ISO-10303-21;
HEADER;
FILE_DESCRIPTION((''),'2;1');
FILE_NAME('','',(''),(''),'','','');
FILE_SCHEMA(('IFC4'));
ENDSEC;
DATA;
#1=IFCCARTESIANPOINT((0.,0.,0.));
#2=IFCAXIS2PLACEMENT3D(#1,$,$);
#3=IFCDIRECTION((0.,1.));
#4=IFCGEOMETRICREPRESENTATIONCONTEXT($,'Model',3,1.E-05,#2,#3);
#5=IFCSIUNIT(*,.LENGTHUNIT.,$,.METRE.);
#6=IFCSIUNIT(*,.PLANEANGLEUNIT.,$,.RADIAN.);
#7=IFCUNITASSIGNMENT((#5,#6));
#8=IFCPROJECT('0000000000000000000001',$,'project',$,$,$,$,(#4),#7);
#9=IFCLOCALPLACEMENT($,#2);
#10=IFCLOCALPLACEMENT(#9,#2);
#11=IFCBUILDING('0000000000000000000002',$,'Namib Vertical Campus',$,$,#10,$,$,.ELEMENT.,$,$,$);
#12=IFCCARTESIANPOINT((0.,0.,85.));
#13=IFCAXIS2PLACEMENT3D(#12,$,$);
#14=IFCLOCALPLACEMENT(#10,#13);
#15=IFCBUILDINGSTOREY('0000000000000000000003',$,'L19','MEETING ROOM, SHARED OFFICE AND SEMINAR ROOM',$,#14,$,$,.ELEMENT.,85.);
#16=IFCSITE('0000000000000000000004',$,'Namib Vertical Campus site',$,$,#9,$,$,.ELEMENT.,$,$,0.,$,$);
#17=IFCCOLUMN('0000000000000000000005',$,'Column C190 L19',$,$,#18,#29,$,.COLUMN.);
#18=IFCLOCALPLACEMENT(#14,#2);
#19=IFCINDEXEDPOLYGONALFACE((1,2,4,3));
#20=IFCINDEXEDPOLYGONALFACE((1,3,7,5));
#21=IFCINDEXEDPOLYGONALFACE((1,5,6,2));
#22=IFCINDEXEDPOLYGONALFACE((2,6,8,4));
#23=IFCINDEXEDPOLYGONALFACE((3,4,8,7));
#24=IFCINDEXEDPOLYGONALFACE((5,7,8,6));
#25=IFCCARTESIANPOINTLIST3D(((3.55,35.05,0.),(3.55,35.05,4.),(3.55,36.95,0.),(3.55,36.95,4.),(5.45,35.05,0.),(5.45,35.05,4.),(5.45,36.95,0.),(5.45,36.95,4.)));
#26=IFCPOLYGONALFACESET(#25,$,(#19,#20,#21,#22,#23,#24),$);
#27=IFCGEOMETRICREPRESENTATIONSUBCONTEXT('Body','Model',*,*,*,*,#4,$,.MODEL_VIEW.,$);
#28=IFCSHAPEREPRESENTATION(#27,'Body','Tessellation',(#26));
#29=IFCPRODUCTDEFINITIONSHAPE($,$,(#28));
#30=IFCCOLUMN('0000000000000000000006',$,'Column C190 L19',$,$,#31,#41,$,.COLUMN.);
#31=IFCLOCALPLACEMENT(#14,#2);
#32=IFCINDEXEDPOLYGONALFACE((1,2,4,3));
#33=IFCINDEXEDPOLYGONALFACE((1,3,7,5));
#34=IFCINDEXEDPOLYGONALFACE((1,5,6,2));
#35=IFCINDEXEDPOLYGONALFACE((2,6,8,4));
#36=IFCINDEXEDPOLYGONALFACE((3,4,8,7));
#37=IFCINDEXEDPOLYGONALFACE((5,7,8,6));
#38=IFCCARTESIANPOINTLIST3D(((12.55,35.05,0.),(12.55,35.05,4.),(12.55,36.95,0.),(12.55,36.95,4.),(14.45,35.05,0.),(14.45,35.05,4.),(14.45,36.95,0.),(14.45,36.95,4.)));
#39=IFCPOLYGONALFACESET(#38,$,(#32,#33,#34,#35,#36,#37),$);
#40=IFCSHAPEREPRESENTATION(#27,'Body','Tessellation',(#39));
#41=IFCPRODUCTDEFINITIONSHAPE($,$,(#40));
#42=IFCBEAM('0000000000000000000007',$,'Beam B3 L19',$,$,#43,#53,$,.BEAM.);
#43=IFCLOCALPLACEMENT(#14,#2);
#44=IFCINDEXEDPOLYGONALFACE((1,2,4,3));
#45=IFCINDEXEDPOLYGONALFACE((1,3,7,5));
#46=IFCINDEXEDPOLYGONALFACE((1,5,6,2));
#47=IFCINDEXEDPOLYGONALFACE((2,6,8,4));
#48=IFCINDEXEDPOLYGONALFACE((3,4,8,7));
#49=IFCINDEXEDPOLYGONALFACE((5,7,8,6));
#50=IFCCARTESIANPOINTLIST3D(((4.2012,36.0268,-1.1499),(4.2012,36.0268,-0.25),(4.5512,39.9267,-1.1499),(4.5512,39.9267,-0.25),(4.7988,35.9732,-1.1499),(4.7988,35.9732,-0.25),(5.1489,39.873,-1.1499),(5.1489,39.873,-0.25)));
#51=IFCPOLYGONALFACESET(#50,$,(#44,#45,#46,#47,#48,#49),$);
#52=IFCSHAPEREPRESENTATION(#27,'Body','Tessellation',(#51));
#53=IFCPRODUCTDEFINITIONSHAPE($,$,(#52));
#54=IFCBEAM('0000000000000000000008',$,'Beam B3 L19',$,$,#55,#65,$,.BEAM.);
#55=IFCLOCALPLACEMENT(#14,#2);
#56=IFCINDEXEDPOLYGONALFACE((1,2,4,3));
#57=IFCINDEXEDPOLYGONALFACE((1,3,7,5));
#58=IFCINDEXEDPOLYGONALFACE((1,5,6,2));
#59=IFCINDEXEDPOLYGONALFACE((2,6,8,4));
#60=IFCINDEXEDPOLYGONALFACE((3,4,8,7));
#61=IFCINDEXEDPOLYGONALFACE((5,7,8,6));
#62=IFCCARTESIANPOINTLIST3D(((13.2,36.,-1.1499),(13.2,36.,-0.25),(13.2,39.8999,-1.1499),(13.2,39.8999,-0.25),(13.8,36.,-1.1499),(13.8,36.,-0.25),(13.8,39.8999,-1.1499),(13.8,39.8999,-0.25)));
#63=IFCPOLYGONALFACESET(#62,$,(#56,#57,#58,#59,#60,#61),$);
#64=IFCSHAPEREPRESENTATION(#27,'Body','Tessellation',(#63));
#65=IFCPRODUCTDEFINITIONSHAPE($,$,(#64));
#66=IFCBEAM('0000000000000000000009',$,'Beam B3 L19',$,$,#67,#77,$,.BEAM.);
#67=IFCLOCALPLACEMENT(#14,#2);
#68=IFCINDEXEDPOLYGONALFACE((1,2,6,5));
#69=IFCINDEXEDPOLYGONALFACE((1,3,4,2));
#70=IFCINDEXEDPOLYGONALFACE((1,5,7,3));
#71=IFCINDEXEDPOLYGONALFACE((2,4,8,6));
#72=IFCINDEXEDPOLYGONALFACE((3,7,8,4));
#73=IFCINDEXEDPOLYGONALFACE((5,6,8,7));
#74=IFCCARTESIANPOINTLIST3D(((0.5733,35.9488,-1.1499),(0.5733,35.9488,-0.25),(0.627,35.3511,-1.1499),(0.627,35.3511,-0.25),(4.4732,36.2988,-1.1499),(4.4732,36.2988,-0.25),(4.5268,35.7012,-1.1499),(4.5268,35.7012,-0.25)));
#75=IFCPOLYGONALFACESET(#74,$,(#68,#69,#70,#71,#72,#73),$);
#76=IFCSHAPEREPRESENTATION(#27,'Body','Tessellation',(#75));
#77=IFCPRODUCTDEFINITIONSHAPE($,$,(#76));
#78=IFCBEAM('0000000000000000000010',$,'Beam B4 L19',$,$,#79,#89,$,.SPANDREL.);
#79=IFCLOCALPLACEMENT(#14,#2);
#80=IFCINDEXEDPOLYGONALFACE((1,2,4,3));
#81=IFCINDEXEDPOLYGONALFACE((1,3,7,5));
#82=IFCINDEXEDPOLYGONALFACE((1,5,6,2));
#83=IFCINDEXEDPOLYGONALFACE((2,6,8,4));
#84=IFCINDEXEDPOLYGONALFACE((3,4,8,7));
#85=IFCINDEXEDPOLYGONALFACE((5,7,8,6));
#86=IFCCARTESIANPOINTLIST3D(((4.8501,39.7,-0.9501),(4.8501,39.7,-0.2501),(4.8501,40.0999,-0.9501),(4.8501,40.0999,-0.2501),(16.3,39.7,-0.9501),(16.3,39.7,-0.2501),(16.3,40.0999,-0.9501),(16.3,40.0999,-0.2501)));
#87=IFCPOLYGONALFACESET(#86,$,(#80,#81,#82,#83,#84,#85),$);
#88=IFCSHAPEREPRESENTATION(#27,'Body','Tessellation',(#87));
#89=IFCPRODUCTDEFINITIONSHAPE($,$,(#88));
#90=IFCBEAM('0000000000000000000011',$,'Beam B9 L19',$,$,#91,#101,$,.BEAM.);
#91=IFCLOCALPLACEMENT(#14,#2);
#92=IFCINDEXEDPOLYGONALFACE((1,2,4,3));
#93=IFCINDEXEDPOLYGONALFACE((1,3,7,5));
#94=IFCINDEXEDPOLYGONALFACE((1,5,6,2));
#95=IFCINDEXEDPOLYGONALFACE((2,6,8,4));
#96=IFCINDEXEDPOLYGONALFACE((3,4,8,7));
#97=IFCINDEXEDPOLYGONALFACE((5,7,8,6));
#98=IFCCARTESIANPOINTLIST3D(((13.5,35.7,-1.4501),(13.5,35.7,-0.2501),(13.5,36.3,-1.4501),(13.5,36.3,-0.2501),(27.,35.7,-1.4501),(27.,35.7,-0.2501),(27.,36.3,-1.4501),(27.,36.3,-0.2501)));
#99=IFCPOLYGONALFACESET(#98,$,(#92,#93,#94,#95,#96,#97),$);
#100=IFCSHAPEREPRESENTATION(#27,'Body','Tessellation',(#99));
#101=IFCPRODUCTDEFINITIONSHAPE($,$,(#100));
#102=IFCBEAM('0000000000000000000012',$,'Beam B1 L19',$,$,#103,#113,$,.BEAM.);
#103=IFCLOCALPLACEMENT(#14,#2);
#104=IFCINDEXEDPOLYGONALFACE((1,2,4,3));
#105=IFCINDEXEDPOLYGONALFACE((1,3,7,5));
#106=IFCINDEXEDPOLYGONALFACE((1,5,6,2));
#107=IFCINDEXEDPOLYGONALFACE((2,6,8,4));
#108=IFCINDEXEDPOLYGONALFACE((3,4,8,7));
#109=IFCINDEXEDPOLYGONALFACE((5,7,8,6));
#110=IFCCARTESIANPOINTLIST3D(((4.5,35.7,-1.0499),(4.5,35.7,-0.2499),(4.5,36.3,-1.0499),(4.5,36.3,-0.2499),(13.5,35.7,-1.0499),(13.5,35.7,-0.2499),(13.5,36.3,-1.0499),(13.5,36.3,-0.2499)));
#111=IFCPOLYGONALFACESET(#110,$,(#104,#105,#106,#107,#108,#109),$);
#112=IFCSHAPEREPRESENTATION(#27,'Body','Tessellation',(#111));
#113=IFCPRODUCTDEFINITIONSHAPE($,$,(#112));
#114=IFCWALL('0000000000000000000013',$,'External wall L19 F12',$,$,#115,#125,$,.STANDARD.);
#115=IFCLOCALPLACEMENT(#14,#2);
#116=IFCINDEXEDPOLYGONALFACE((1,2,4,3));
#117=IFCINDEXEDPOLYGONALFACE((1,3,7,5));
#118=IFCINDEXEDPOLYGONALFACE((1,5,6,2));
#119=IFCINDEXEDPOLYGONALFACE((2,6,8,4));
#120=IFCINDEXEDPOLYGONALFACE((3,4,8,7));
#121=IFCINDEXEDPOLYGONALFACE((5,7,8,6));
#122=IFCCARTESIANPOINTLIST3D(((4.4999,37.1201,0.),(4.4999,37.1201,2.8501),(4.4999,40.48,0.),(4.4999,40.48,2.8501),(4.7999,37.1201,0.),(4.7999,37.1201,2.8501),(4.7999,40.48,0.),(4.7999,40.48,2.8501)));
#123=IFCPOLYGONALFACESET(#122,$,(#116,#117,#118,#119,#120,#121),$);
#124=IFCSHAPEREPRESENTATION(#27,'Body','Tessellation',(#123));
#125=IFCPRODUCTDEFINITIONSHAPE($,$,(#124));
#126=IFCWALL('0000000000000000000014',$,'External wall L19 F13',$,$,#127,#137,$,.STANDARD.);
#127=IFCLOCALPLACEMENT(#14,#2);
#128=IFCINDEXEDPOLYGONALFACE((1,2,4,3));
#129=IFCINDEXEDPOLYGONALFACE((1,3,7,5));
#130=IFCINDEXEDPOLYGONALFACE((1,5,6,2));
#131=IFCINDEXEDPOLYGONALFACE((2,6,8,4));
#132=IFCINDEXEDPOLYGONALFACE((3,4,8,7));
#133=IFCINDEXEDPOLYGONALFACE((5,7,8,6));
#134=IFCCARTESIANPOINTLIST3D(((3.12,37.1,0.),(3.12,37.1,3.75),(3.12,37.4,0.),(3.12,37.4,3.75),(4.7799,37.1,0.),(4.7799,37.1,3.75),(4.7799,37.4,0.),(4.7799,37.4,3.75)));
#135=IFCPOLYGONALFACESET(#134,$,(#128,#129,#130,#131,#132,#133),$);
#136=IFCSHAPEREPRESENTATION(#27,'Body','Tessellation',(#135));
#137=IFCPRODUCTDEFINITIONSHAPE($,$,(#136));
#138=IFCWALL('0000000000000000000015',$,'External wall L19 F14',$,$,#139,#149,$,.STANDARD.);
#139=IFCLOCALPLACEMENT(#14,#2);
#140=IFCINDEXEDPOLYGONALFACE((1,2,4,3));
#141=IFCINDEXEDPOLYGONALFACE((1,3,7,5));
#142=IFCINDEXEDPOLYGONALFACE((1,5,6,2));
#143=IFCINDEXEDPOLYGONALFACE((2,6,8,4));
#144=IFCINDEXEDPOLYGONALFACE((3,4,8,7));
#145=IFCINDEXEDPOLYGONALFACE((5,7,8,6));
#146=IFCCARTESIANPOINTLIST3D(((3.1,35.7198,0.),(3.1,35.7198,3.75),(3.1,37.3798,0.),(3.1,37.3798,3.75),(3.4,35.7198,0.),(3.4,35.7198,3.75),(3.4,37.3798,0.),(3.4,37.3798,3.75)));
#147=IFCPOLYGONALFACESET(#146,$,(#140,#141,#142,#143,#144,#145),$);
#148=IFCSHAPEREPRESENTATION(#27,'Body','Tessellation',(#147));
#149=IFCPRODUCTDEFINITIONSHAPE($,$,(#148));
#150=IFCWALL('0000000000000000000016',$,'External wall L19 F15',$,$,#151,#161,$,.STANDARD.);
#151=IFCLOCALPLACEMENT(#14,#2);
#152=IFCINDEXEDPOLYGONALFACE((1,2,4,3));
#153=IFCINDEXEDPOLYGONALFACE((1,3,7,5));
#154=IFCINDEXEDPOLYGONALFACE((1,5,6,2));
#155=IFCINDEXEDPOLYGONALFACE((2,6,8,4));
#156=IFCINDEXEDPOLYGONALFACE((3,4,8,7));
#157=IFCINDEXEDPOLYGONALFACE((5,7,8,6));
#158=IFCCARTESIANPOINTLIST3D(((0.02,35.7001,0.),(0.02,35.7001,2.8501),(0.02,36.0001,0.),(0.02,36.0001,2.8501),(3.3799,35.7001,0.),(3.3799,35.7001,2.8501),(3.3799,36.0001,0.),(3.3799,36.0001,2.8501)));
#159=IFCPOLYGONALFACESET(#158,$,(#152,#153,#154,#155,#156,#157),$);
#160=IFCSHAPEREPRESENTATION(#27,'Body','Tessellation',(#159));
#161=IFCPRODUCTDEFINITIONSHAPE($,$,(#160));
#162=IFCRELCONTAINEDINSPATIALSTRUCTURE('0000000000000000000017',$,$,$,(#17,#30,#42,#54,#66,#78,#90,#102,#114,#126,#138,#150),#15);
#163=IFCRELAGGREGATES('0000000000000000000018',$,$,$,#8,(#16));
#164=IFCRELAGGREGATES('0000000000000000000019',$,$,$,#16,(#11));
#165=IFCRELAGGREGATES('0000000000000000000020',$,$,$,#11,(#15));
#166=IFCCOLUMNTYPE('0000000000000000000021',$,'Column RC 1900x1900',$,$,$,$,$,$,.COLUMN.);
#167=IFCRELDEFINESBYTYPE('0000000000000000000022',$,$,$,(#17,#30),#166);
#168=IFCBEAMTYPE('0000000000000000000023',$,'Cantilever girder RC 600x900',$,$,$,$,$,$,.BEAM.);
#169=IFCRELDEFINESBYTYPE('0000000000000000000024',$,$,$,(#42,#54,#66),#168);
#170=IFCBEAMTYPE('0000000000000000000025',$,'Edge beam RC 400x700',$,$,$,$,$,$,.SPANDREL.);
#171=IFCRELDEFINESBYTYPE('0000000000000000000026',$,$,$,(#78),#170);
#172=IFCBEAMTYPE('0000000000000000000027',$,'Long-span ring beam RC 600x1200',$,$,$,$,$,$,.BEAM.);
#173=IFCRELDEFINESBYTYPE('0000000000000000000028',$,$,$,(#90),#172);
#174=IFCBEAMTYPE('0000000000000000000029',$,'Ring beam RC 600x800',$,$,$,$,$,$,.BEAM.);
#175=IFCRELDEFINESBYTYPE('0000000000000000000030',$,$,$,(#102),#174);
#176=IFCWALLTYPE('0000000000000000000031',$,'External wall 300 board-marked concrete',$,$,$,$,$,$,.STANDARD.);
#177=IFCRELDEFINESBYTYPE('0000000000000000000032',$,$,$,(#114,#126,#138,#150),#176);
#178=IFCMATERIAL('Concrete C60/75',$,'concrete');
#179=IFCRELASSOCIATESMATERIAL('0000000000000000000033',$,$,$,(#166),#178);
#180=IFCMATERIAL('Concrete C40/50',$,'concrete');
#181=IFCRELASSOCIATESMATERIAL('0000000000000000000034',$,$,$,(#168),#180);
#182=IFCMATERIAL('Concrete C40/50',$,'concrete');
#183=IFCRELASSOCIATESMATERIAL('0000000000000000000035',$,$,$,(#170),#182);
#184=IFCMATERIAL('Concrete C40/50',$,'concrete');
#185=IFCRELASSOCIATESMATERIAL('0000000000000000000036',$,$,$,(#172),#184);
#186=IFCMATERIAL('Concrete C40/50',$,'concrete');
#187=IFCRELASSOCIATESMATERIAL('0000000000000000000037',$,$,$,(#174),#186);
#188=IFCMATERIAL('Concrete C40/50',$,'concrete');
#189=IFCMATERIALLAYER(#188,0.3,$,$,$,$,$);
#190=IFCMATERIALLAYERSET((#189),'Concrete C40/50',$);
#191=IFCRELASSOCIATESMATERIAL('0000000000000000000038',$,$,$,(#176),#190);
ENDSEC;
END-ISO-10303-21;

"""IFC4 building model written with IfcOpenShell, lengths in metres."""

from ifc_helpers import new_model, si_unit, direction, frame, frame_2d, origin, origin_2d, place, context, subcontext, project, spatial, rectangle, extrude, material, layer, layer_set, material_profile, profile_set, type_object, element, save


model = new_model("IFC4")

# Units and contexts
model_context = context("Model", 3, precision=1e-05, world=origin(), true_north=direction((0.0, 1.0)))
body_context = subcontext(model_context, "Body", "Model", "MODEL_VIEW")
ifc_project = project(units=[si_unit("LENGTHUNIT", "METRE"), si_unit("PLANEANGLEUNIT", "RADIAN")], contexts=[model_context])

# Site, building, storey
site_placement = place(None, origin())
site = spatial("IfcSite", under=ifc_project, at=site_placement, Name="Namib Vertical Campus site", CompositionType="ELEMENT", RefElevation=0.0)
building_placement = place(site_placement, origin())
building = spatial("IfcBuilding", under=site, at=building_placement, Name="Namib Vertical Campus", CompositionType="ELEMENT")
storey_placement = place(building_placement, frame((0.0, 0.0, 85.0)))
storey = spatial("IfcBuildingStorey", under=building, at=storey_placement, Name="L19", Description="MEETING ROOM, SHARED OFFICE AND SEMINAR ROOM", CompositionType="ELEMENT", Elevation=85.0)

# Columns
ifc_material_1 = material(Name="Concrete C60/75", Category="concrete")
ifc_material_profile_1 = material_profile(ifc_material_1, rectangle(XDim=1.8999, YDim=1.8999, at=origin_2d()))
ifc_profile_set_1 = profile_set([ifc_material_profile_1], Name="Concrete C60/75")
column_type = type_object("IfcColumnType", Name="Column RC 1900x1900", PredefinedType="COLUMN", material=ifc_profile_set_1)
for number, where, z_axis, x_axis, name in (
    (1, (4.5, 36.0, 0.0), (0.0, 0.0, 1.0), (1.0, 0.0, 0.0), "Column C190 L19"),
    (2, (13.5, 36.0, 0.0), (0.0, 0.0, 1.0), (1.0, 0.0, 0.0), "Column C190 L19"),
):
    element("IfcColumn", number, at=place(storey_placement, frame(where, z_axis=z_axis, x_axis=x_axis)), inside=storey, type_object=column_type, Name=name, PredefinedType="COLUMN", context=body_context, shape_type="SweptSolid", body=[
        extrude(rectangle(XDim=1.8999, YDim=1.8999, at=origin_2d()), origin(), (0.0, 0.0, 1.0), 4.0),
    ])

# Beams
ifc_material_2 = material(Name="Concrete C40/50", Category="concrete")
ifc_material_profile_2 = material_profile(ifc_material_2, rectangle(XDim=0.6001, YDim=0.8999, at=origin_2d()))
ifc_profile_set_2 = profile_set([ifc_material_profile_2], Name="Concrete C40/50")
beam_type_1 = type_object("IfcBeamType", Name="Cantilever girder RC 600x900", PredefinedType="BEAM", material=ifc_profile_set_2)
beam_1_placement = place(storey_placement, frame((4.5, 36.0, -0.7), z_axis=(0.089411, 0.995995, 0.0), x_axis=(-0.995995, 0.089411, 0.0)))
element("IfcBeam", 3, at=beam_1_placement, inside=storey, type_object=beam_type_1, Name="Beam B3 L19", PredefinedType="BEAM", context=body_context, shape_type="SweptSolid", body=[
    extrude(rectangle(XDim=0.6001, YDim=0.8999, at=origin_2d()), origin(), (0.0, 0.0, 1.0), 3.9155),
])
beam_2_placement = place(storey_placement, frame((13.5, 36.0, -0.7), z_axis=(0.0, 1.0, 0.0), x_axis=(-1.0, 0.0, 0.0)))
element("IfcBeam", 4, at=beam_2_placement, inside=storey, type_object=beam_type_1, Name="Beam B3 L19", PredefinedType="BEAM", context=body_context, shape_type="SweptSolid", body=[
    extrude(rectangle(XDim=0.6001, YDim=0.8999, at=origin_2d()), origin(), (0.0, 0.0, 1.0), 3.8999),
])
beam_3_placement = place(storey_placement, frame((4.5, 36.0, -0.7), z_axis=(-0.995995, -0.089411, 0.0), x_axis=(0.089411, -0.995995, 0.0)))
element("IfcBeam", 5, at=beam_3_placement, inside=storey, type_object=beam_type_1, Name="Beam B3 L19", PredefinedType="BEAM", context=body_context, shape_type="SweptSolid", body=[
    extrude(rectangle(XDim=0.6001, YDim=0.8999, at=origin_2d()), origin(), (0.0, 0.0, 1.0), 3.9155),
])
ifc_material_3 = material(Name="Concrete C40/50", Category="concrete")
ifc_material_profile_3 = material_profile(ifc_material_3, rectangle(XDim=0.3999, YDim=0.7, at=origin_2d()))
ifc_profile_set_3 = profile_set([ifc_material_profile_3], Name="Concrete C40/50")
beam_type_2 = type_object("IfcBeamType", Name="Edge beam RC 400x700", PredefinedType="SPANDREL", material=ifc_profile_set_3)
beam_4_placement = place(storey_placement, frame((4.8501, 39.8999, -0.6001), z_axis=(1.0, 0.0, 0.0), x_axis=(0.0, 1.0, 0.0)))
element("IfcBeam", 6, at=beam_4_placement, inside=storey, type_object=beam_type_2, Name="Beam B4 L19", PredefinedType="SPANDREL", context=body_context, shape_type="SweptSolid", body=[
    extrude(rectangle(XDim=0.3999, YDim=0.7, at=origin_2d()), origin(), (0.0, 0.0, 1.0), 11.45),
])
ifc_material_4 = material(Name="Concrete C40/50", Category="concrete")
ifc_material_profile_4 = material_profile(ifc_material_4, rectangle(XDim=0.6001, YDim=1.2, at=origin_2d()))
ifc_profile_set_4 = profile_set([ifc_material_profile_4], Name="Concrete C40/50")
beam_type_3 = type_object("IfcBeamType", Name="Long-span ring beam RC 600x1200", PredefinedType="BEAM", material=ifc_profile_set_4)
beam_5_placement = place(storey_placement, frame((13.5, 36.0, -0.8501), z_axis=(1.0, 0.0, 0.0), x_axis=(0.0, 1.0, 0.0)))
element("IfcBeam", 7, at=beam_5_placement, inside=storey, type_object=beam_type_3, Name="Beam B9 L19", PredefinedType="BEAM", context=body_context, shape_type="SweptSolid", body=[
    extrude(rectangle(XDim=0.6001, YDim=1.2, at=origin_2d()), origin(), (0.0, 0.0, 1.0), 13.5),
])
ifc_material_5 = material(Name="Concrete C40/50", Category="concrete")
ifc_material_profile_5 = material_profile(ifc_material_5, rectangle(XDim=0.6001, YDim=0.8, at=origin_2d()))
ifc_profile_set_5 = profile_set([ifc_material_profile_5], Name="Concrete C40/50")
beam_type_4 = type_object("IfcBeamType", Name="Ring beam RC 600x800", PredefinedType="BEAM", material=ifc_profile_set_5)
beam_6_placement = place(storey_placement, frame((4.5, 36.0, -0.6499), z_axis=(1.0, 0.0, 0.0), x_axis=(0.0, 1.0, 0.0)))
element("IfcBeam", 8, at=beam_6_placement, inside=storey, type_object=beam_type_4, Name="Beam B1 L19", PredefinedType="BEAM", context=body_context, shape_type="SweptSolid", body=[
    extrude(rectangle(XDim=0.6001, YDim=0.8, at=origin_2d()), origin(), (0.0, 0.0, 1.0), 9.0),
])

# Walls
ifc_material_6 = material(Name="Concrete C40/50", Category="concrete")
ifc_layer_1 = layer(ifc_material_6, 0.3)
ifc_layer_set_1 = layer_set([ifc_layer_1], Name="Concrete C40/50")
wall_type_1 = type_object("IfcWallType", Name="External wall 300 board-marked concrete", PredefinedType="STANDARD", material=ifc_layer_set_1)
wall_1_placement = place(storey_placement, frame((4.6499, 40.48, 0.0), z_axis=(0.0, 0.0, 1.0), x_axis=(0.0, -1.0, 0.0)))
element("IfcWall", 9, at=wall_1_placement, inside=storey, type_object=wall_type_1, Name="External wall L19 F12", PredefinedType="STANDARD", context=body_context, shape_type="SweptSolid", body=[
    extrude(rectangle(XDim=3.3599, YDim=0.3, at=frame_2d((1.6799, 0.0))), origin(), (0.0, 0.0, 1.0), 2.8501),
])
for number, where, z_axis, x_axis, name in (
    (10, (4.78, 37.25, 0.0), (0.0, 0.0, 1.0), (-1.0, 0.0, 0.0), "External wall L19 F13"),
    (11, (3.25, 37.3799, 0.0), (0.0, 0.0, 1.0), (0.0, -1.0, 0.0), "External wall L19 F14"),
):
    element("IfcWall", number, at=place(storey_placement, frame(where, z_axis=z_axis, x_axis=x_axis)), inside=storey, type_object=wall_type_1, Name=name, PredefinedType="STANDARD", context=body_context, shape_type="SweptSolid", body=[
        extrude(rectangle(XDim=1.6599, YDim=0.3, at=frame_2d((0.8301, 0.0))), origin(), (0.0, 0.0, 1.0), 3.75),
    ])
wall_2_placement = place(storey_placement, frame((3.3799, 35.8501, 0.0), z_axis=(0.0, 0.0, 1.0), x_axis=(-1.0, 0.0, 0.0)))
element("IfcWall", 12, at=wall_2_placement, inside=storey, type_object=wall_type_1, Name="External wall L19 F15", PredefinedType="STANDARD", context=body_context, shape_type="SweptSolid", body=[
    extrude(rectangle(XDim=3.3599, YDim=0.3, at=frame_2d((1.6799, 0.0))), origin(), (0.0, 0.0, 1.0), 2.8501),
])

save(model, "model.ifc")
